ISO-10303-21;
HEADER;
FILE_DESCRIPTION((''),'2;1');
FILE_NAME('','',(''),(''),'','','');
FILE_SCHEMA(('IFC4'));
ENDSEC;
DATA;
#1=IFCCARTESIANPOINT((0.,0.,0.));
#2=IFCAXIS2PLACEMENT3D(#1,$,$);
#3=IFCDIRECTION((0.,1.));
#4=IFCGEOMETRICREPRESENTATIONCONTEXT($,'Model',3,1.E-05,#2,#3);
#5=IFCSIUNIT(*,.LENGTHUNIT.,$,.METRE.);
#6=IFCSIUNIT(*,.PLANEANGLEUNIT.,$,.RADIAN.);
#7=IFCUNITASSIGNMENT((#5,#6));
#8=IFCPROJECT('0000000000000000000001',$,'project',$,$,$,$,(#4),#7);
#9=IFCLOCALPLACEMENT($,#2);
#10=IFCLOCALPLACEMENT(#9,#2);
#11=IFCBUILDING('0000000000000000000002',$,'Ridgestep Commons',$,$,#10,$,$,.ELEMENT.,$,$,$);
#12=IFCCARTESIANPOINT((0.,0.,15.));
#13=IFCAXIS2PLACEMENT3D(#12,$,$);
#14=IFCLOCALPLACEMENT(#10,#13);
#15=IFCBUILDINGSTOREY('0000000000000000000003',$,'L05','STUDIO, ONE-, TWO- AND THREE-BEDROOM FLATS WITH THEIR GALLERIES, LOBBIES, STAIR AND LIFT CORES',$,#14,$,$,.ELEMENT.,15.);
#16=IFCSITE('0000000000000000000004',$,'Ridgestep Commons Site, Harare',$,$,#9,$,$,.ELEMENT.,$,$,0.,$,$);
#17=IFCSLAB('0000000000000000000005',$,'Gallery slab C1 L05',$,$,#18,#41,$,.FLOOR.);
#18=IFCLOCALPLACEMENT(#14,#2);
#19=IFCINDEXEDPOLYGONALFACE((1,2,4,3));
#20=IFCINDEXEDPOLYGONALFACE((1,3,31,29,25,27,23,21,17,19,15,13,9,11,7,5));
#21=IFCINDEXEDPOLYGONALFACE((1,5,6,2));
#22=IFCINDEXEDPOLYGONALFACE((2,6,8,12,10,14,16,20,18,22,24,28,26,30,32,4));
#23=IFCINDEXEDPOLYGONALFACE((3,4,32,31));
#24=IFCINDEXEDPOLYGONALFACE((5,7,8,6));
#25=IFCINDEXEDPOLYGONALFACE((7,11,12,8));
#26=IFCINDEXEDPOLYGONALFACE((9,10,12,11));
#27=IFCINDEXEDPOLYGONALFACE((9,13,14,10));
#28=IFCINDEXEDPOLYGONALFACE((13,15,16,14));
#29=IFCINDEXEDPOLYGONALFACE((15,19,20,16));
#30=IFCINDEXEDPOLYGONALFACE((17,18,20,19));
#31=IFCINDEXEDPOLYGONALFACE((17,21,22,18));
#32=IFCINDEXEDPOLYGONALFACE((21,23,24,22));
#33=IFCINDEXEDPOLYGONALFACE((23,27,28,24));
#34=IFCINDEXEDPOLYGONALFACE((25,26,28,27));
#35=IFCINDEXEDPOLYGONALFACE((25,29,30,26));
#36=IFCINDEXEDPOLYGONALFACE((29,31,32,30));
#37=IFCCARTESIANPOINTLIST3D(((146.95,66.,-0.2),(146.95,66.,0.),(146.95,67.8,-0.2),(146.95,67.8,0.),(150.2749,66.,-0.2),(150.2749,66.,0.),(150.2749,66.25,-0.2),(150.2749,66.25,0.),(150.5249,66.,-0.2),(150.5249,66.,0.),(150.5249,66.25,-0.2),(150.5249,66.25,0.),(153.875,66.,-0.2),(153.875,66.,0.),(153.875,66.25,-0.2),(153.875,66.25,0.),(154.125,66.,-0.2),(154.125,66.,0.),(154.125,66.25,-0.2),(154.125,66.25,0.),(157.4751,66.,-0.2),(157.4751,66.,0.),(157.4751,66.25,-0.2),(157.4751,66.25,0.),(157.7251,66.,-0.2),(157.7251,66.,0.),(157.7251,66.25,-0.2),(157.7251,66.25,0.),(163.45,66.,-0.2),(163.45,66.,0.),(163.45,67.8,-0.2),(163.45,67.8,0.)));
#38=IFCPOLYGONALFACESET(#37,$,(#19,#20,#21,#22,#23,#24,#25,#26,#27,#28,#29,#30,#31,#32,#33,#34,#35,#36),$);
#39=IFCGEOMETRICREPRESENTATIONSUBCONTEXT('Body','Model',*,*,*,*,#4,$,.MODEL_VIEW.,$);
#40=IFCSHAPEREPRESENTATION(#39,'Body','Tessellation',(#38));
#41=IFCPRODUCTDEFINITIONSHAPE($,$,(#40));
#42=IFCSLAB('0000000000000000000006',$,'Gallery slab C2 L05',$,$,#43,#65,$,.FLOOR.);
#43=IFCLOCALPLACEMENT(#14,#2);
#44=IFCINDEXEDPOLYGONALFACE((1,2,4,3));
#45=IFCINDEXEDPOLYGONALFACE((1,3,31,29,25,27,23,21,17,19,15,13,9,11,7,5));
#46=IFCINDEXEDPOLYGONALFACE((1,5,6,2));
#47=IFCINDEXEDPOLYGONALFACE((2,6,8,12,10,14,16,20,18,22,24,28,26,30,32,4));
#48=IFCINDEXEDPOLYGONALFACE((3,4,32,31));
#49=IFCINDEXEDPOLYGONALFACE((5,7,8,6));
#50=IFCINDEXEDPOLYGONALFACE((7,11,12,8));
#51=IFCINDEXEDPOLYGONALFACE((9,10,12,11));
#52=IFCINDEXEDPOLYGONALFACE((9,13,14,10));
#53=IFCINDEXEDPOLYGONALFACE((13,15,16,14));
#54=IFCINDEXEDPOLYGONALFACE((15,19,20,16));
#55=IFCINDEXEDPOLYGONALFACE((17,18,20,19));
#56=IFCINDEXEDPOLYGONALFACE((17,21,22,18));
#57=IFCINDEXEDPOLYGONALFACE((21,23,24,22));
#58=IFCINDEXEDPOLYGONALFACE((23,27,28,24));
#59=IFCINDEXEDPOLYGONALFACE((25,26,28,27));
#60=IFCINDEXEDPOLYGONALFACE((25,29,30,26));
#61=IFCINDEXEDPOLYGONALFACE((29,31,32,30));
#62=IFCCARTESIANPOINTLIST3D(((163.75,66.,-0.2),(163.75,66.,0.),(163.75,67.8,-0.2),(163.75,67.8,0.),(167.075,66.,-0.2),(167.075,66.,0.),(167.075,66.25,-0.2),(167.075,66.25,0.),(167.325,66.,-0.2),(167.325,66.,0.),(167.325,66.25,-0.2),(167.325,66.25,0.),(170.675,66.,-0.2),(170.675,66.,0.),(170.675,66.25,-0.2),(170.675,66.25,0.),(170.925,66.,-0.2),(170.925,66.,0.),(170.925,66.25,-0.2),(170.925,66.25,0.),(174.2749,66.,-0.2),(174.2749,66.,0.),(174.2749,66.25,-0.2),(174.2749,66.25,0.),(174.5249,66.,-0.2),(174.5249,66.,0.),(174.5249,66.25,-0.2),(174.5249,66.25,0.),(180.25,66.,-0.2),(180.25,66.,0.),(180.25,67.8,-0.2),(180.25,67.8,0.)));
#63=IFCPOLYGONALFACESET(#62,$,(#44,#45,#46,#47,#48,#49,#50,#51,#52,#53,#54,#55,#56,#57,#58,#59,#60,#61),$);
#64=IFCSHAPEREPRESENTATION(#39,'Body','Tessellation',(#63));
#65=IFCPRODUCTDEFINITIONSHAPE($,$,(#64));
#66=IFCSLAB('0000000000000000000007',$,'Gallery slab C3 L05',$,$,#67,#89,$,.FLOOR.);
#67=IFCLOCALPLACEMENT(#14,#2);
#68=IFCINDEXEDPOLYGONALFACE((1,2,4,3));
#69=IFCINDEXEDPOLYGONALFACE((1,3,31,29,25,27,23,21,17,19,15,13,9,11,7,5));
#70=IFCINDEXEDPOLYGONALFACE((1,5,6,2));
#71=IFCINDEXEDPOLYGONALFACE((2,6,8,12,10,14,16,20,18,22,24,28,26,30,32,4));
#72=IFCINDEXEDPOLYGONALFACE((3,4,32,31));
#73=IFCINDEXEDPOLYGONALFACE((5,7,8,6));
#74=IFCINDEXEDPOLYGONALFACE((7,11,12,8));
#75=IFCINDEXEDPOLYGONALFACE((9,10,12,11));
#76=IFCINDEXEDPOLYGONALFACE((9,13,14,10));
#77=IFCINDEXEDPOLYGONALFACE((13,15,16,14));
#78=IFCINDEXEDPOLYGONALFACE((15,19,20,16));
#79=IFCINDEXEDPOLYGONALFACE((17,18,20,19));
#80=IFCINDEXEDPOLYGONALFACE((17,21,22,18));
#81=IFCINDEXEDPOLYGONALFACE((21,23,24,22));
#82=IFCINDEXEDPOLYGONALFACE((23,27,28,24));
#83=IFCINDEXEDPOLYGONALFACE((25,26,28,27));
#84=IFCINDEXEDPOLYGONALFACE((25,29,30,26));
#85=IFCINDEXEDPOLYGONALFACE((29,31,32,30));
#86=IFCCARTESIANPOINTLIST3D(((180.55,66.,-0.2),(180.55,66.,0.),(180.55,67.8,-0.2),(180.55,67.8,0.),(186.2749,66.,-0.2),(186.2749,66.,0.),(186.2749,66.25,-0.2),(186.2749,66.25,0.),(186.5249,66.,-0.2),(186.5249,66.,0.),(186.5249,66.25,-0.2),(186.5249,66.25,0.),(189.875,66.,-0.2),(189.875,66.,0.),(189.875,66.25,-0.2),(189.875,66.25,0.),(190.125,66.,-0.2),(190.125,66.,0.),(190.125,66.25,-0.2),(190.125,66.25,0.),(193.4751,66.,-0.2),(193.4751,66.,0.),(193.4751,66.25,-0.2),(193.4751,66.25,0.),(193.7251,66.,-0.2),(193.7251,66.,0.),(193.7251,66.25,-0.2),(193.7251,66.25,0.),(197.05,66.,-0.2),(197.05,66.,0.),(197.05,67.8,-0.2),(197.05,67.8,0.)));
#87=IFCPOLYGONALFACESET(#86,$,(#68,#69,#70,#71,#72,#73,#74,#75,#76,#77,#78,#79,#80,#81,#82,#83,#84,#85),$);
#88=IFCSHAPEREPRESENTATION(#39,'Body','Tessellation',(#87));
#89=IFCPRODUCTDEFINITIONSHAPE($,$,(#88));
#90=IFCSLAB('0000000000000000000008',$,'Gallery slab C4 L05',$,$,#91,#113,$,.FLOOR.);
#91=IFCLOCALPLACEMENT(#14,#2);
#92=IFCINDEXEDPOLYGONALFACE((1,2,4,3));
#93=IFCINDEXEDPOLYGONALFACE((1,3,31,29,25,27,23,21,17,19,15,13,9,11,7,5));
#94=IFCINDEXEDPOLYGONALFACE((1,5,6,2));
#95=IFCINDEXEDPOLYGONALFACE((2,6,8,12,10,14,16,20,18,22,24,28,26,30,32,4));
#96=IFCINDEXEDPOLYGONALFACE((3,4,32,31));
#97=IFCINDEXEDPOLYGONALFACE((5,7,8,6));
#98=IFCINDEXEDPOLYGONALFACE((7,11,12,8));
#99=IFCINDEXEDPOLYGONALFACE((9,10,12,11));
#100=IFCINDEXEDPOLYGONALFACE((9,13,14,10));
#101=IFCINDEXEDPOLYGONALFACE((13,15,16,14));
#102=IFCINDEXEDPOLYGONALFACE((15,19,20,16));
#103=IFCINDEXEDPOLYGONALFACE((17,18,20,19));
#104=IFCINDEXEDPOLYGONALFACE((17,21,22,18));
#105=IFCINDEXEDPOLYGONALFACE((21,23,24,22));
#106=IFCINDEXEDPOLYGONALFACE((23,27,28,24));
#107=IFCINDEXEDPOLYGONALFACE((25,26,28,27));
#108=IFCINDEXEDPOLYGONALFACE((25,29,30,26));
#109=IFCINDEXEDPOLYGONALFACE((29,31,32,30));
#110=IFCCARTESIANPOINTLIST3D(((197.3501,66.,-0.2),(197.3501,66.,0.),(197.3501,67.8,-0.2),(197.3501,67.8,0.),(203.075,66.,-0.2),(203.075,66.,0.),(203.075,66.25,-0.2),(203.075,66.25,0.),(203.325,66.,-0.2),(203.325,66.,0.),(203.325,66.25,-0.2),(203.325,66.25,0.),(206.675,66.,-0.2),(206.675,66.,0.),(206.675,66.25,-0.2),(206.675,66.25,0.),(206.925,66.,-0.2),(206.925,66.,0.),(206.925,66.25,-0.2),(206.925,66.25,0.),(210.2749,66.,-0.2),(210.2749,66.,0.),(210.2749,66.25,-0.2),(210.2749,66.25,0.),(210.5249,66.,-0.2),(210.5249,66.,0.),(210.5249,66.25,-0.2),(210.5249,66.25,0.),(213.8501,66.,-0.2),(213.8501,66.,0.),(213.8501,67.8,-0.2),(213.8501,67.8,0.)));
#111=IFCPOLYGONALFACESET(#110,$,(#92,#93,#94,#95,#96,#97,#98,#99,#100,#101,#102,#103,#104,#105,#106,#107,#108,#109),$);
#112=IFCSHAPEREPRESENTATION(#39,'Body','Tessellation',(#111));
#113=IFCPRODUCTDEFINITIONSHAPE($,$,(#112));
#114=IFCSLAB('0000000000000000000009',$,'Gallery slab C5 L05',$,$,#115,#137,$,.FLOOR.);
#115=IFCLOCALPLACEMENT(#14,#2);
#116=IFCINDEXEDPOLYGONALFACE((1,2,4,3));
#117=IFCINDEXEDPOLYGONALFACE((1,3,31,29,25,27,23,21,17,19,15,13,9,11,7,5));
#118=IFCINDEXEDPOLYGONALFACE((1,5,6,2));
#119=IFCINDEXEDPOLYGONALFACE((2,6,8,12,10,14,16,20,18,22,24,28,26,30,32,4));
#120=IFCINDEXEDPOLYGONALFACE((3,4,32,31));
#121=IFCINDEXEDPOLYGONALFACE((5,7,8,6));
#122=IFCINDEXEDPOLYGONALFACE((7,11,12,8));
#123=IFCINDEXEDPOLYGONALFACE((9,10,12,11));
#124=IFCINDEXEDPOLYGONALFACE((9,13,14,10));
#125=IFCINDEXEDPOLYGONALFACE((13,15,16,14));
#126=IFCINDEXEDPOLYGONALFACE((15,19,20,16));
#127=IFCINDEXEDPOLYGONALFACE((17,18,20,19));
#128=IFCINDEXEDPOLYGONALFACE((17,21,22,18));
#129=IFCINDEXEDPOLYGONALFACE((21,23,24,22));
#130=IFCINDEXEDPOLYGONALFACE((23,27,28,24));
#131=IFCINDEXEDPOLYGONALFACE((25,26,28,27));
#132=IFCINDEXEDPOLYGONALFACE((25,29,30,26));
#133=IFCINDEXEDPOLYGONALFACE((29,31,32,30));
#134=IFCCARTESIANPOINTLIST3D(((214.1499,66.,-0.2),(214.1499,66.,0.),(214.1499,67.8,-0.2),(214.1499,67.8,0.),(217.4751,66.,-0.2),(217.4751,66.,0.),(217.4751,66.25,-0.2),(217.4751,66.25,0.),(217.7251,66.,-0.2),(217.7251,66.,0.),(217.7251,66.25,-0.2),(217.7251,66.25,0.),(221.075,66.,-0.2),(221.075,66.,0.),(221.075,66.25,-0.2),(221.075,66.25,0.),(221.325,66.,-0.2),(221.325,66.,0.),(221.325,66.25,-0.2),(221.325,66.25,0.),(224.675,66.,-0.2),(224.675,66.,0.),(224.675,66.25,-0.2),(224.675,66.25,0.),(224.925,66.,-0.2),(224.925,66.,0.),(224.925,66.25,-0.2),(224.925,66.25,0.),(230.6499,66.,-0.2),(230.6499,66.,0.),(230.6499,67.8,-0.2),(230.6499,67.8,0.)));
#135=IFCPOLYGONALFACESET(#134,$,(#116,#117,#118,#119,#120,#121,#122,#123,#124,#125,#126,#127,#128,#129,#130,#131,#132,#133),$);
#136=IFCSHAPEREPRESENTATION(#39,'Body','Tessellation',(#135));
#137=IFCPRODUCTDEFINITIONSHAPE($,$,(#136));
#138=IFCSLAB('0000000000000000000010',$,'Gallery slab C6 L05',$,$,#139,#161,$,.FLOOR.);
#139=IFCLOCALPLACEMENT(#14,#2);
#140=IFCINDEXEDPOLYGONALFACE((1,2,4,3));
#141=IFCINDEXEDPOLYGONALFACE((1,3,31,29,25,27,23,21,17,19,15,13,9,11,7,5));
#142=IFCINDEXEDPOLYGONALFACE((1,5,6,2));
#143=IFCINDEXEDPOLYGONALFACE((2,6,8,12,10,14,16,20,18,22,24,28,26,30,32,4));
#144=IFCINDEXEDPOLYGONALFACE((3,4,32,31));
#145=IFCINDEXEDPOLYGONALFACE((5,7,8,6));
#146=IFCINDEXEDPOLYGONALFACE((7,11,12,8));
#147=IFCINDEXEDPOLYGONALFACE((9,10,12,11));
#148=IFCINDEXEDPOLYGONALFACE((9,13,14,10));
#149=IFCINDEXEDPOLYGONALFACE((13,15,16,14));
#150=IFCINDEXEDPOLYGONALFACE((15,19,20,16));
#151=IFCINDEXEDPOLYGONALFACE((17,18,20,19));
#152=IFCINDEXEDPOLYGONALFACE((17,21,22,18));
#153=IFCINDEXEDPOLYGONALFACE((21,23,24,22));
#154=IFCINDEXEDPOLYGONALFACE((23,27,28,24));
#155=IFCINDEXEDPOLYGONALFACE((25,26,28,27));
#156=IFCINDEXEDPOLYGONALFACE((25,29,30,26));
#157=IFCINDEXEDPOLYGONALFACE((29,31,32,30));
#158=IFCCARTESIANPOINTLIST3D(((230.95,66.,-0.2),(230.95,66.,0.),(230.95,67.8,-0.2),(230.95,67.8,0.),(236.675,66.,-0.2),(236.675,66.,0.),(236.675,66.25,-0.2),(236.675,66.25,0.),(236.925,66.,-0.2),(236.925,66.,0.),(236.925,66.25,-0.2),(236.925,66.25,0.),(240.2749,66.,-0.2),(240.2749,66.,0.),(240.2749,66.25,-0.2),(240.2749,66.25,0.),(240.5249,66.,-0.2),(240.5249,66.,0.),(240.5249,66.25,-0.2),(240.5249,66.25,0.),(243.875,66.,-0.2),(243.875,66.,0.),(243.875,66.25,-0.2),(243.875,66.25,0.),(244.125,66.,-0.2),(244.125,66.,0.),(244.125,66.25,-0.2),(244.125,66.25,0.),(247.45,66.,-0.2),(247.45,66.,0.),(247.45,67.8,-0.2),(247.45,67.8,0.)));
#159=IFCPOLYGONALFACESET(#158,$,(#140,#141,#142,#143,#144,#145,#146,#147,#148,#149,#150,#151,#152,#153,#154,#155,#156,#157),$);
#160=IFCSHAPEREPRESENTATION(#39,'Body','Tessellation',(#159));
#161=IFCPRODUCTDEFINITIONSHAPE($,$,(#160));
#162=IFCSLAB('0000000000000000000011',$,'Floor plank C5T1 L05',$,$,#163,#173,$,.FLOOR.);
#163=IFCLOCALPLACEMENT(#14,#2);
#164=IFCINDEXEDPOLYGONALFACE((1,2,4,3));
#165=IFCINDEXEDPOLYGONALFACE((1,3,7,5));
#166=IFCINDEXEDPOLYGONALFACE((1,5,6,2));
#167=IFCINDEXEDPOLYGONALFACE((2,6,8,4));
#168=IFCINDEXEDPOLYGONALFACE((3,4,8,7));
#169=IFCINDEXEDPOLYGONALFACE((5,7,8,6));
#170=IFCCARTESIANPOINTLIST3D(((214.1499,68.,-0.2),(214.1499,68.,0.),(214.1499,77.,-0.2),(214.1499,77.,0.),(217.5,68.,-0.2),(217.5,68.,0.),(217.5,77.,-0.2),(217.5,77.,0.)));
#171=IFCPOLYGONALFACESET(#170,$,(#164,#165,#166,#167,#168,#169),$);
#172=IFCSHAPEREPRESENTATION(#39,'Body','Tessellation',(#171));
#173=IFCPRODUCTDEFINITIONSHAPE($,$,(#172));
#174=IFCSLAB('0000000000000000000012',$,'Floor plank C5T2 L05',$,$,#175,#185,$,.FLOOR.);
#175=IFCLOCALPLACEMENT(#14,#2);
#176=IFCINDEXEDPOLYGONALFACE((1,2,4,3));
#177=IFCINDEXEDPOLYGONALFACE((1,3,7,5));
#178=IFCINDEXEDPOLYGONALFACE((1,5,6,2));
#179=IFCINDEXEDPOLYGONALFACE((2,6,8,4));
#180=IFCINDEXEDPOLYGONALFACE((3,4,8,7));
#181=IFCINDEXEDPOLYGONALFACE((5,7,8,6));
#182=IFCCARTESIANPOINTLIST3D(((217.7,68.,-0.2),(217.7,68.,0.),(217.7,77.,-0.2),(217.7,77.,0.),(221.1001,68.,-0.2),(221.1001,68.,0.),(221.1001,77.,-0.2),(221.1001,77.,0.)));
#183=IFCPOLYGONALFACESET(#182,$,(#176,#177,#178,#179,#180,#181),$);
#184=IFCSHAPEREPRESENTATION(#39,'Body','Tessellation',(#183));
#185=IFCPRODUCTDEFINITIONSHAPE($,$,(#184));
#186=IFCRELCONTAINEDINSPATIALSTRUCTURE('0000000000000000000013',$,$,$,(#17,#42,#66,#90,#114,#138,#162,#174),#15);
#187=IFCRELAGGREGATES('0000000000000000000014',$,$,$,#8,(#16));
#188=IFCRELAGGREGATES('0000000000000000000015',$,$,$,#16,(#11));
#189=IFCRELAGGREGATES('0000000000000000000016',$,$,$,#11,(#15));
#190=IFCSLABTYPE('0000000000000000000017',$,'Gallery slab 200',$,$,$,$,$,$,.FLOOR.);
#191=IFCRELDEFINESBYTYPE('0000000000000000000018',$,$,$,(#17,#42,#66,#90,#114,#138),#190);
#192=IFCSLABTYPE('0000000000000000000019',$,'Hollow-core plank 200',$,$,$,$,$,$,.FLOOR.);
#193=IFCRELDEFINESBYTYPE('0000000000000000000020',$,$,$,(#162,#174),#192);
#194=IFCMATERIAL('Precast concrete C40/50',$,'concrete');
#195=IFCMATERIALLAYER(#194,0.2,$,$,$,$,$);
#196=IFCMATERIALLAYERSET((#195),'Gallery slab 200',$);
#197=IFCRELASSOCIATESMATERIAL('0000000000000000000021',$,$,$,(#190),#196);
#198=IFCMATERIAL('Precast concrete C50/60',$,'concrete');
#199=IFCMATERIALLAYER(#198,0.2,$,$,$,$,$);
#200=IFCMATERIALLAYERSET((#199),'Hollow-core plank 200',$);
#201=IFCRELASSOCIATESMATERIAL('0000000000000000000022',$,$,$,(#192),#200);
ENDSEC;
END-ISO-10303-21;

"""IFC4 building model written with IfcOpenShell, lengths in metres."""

from ifc_helpers import new_model, si_unit, direction, frame, origin, place, context, subcontext, project, spatial, polyline, outline, extrude, material, layer, layer_set, type_object, element, save


model = new_model("IFC4")

# Units and contexts
model_context = context("Model", 3, precision=1e-05, world=origin(), true_north=direction((0.0, 1.0)))
body_context = subcontext(model_context, "Body", "Model", "MODEL_VIEW")
ifc_project = project(units=[si_unit("LENGTHUNIT", "METRE"), si_unit("PLANEANGLEUNIT", "RADIAN")], contexts=[model_context])

# Site, building, storey
site_placement = place(None, origin())
site = spatial("IfcSite", under=ifc_project, at=site_placement, Name="Ridgestep Commons Site, Harare", CompositionType="ELEMENT", RefElevation=0.0)
building_placement = place(site_placement, origin())
building = spatial("IfcBuilding", under=site, at=building_placement, Name="Ridgestep Commons", CompositionType="ELEMENT")
storey_placement = place(building_placement, frame((0.0, 0.0, 15.0)))
storey = spatial("IfcBuildingStorey", under=building, at=storey_placement, Name="L05", Description="STUDIO, ONE-, TWO- AND THREE-BEDROOM FLATS WITH THEIR GALLERIES, LOBBIES, STAIR AND LIFT CORES", CompositionType="ELEMENT", Elevation=15.0)

# Slabs
ifc_material_1 = material(Name="Precast concrete C40/50", Category="concrete")
ifc_layer_1 = layer(ifc_material_1, 0.2)
ifc_layer_set_1 = layer_set([ifc_layer_1], Name="Gallery slab 200")
slab_type_1 = type_object("IfcSlabType", Name="Gallery slab 200", PredefinedType="FLOOR", material=ifc_layer_set_1)
slab_1_placement = place(storey_placement, frame((0.0, 0.0, -0.2)))
element("IfcSlab", 1, at=slab_1_placement, inside=storey, type_object=slab_type_1, Name="Gallery slab C1 L05", PredefinedType="FLOOR", context=body_context, shape_type="SweptSolid", body=[
    extrude(outline(polyline([(163.45, 67.8), (146.95, 67.8), (146.95, 66.0), (150.2749, 66.0), (150.2749, 66.25), (150.5249, 66.25), (150.5249, 66.0), (153.875, 66.0), (153.875, 66.25), (154.125, 66.25), (154.125, 66.0), (157.4751, 66.0), (157.4751, 66.25), (157.7251, 66.25), (157.7251, 66.0), (163.45, 66.0), (163.45, 67.8)])), origin(), (0.0, 0.0, 1.0), 0.2),
])
slab_2_placement = place(storey_placement, frame((0.0, 0.0, -0.2)))
element("IfcSlab", 2, at=slab_2_placement, inside=storey, type_object=slab_type_1, Name="Gallery slab C2 L05", PredefinedType="FLOOR", context=body_context, shape_type="SweptSolid", body=[
    extrude(outline(polyline([(180.25, 67.8), (163.75, 67.8), (163.75, 66.0), (167.075, 66.0), (167.075, 66.25), (167.325, 66.25), (167.325, 66.0), (170.675, 66.0), (170.675, 66.25), (170.925, 66.25), (170.925, 66.0), (174.2749, 66.0), (174.2749, 66.25), (174.5249, 66.25), (174.5249, 66.0), (180.25, 66.0), (180.25, 67.8)])), origin(), (0.0, 0.0, 1.0), 0.2),
])
slab_3_placement = place(storey_placement, frame((0.0, 0.0, -0.2)))
element("IfcSlab", 3, at=slab_3_placement, inside=storey, type_object=slab_type_1, Name="Gallery slab C3 L05", PredefinedType="FLOOR", context=body_context, shape_type="SweptSolid", body=[
    extrude(outline(polyline([(197.05, 67.8), (180.55, 67.8), (180.55, 66.0), (186.2749, 66.0), (186.2749, 66.25), (186.5249, 66.25), (186.5249, 66.0), (189.875, 66.0), (189.875, 66.25), (190.125, 66.25), (190.125, 66.0), (193.4751, 66.0), (193.4751, 66.25), (193.7251, 66.25), (193.7251, 66.0), (197.05, 66.0), (197.05, 67.8)])), origin(), (0.0, 0.0, 1.0), 0.2),
])
slab_4_placement = place(storey_placement, frame((0.0, 0.0, -0.2)))
element("IfcSlab", 4, at=slab_4_placement, inside=storey, type_object=slab_type_1, Name="Gallery slab C4 L05", PredefinedType="FLOOR", context=body_context, shape_type="SweptSolid", body=[
    extrude(outline(polyline([(213.8501, 67.8), (197.3501, 67.8), (197.3501, 66.0), (203.075, 66.0), (203.075, 66.25), (203.325, 66.25), (203.325, 66.0), (206.675, 66.0), (206.675, 66.25), (206.925, 66.25), (206.925, 66.0), (210.2749, 66.0), (210.2749, 66.25), (210.5249, 66.25), (210.5249, 66.0), (213.8501, 66.0), (213.8501, 67.8)])), origin(), (0.0, 0.0, 1.0), 0.2),
])
slab_5_placement = place(storey_placement, frame((0.0, 0.0, -0.2)))
element("IfcSlab", 5, at=slab_5_placement, inside=storey, type_object=slab_type_1, Name="Gallery slab C5 L05", PredefinedType="FLOOR", context=body_context, shape_type="SweptSolid", body=[
    extrude(outline(polyline([(230.6499, 67.8), (214.1499, 67.8), (214.1499, 66.0), (217.4751, 66.0), (217.4751, 66.25), (217.7251, 66.25), (217.7251, 66.0), (221.075, 66.0), (221.075, 66.25), (221.325, 66.25), (221.325, 66.0), (224.675, 66.0), (224.675, 66.25), (224.925, 66.25), (224.925, 66.0), (230.6499, 66.0), (230.6499, 67.8)])), origin(), (0.0, 0.0, 1.0), 0.2),
])
slab_6_placement = place(storey_placement, frame((0.0, 0.0, -0.2)))
element("IfcSlab", 6, at=slab_6_placement, inside=storey, type_object=slab_type_1, Name="Gallery slab C6 L05", PredefinedType="FLOOR", context=body_context, shape_type="SweptSolid", body=[
    extrude(outline(polyline([(247.45, 67.8), (230.95, 67.8), (230.95, 66.0), (236.675, 66.0), (236.675, 66.25), (236.925, 66.25), (236.925, 66.0), (240.2749, 66.0), (240.2749, 66.25), (240.5249, 66.25), (240.5249, 66.0), (243.875, 66.0), (243.875, 66.25), (244.125, 66.25), (244.125, 66.0), (247.45, 66.0), (247.45, 67.8)])), origin(), (0.0, 0.0, 1.0), 0.2),
])
ifc_material_2 = material(Name="Precast concrete C50/60", Category="concrete")
ifc_layer_2 = layer(ifc_material_2, 0.2)
ifc_layer_set_2 = layer_set([ifc_layer_2], Name="Hollow-core plank 200")
slab_type_2 = type_object("IfcSlabType", Name="Hollow-core plank 200", PredefinedType="FLOOR", material=ifc_layer_set_2)
slab_7_placement = place(storey_placement, frame((0.0, 0.0, -0.2)))
element("IfcSlab", 7, at=slab_7_placement, inside=storey, type_object=slab_type_2, Name="Floor plank C5T1 L05", PredefinedType="FLOOR", context=body_context, shape_type="SweptSolid", body=[
    extrude(outline(polyline([(217.5, 68.0), (217.5, 77.0), (214.1499, 77.0), (214.1499, 68.0), (217.5, 68.0)])), origin(), (0.0, 0.0, 1.0), 0.2),
])
slab_8_placement = place(storey_placement, frame((0.0, 0.0, -0.2)))
element("IfcSlab", 8, at=slab_8_placement, inside=storey, type_object=slab_type_2, Name="Floor plank C5T2 L05", PredefinedType="FLOOR", context=body_context, shape_type="SweptSolid", body=[
    extrude(outline(polyline([(221.1001, 68.0), (221.1001, 77.0), (217.7, 77.0), (217.7, 68.0), (221.1001, 68.0)])), origin(), (0.0, 0.0, 1.0), 0.2),
])

save(model, "model.ifc")
